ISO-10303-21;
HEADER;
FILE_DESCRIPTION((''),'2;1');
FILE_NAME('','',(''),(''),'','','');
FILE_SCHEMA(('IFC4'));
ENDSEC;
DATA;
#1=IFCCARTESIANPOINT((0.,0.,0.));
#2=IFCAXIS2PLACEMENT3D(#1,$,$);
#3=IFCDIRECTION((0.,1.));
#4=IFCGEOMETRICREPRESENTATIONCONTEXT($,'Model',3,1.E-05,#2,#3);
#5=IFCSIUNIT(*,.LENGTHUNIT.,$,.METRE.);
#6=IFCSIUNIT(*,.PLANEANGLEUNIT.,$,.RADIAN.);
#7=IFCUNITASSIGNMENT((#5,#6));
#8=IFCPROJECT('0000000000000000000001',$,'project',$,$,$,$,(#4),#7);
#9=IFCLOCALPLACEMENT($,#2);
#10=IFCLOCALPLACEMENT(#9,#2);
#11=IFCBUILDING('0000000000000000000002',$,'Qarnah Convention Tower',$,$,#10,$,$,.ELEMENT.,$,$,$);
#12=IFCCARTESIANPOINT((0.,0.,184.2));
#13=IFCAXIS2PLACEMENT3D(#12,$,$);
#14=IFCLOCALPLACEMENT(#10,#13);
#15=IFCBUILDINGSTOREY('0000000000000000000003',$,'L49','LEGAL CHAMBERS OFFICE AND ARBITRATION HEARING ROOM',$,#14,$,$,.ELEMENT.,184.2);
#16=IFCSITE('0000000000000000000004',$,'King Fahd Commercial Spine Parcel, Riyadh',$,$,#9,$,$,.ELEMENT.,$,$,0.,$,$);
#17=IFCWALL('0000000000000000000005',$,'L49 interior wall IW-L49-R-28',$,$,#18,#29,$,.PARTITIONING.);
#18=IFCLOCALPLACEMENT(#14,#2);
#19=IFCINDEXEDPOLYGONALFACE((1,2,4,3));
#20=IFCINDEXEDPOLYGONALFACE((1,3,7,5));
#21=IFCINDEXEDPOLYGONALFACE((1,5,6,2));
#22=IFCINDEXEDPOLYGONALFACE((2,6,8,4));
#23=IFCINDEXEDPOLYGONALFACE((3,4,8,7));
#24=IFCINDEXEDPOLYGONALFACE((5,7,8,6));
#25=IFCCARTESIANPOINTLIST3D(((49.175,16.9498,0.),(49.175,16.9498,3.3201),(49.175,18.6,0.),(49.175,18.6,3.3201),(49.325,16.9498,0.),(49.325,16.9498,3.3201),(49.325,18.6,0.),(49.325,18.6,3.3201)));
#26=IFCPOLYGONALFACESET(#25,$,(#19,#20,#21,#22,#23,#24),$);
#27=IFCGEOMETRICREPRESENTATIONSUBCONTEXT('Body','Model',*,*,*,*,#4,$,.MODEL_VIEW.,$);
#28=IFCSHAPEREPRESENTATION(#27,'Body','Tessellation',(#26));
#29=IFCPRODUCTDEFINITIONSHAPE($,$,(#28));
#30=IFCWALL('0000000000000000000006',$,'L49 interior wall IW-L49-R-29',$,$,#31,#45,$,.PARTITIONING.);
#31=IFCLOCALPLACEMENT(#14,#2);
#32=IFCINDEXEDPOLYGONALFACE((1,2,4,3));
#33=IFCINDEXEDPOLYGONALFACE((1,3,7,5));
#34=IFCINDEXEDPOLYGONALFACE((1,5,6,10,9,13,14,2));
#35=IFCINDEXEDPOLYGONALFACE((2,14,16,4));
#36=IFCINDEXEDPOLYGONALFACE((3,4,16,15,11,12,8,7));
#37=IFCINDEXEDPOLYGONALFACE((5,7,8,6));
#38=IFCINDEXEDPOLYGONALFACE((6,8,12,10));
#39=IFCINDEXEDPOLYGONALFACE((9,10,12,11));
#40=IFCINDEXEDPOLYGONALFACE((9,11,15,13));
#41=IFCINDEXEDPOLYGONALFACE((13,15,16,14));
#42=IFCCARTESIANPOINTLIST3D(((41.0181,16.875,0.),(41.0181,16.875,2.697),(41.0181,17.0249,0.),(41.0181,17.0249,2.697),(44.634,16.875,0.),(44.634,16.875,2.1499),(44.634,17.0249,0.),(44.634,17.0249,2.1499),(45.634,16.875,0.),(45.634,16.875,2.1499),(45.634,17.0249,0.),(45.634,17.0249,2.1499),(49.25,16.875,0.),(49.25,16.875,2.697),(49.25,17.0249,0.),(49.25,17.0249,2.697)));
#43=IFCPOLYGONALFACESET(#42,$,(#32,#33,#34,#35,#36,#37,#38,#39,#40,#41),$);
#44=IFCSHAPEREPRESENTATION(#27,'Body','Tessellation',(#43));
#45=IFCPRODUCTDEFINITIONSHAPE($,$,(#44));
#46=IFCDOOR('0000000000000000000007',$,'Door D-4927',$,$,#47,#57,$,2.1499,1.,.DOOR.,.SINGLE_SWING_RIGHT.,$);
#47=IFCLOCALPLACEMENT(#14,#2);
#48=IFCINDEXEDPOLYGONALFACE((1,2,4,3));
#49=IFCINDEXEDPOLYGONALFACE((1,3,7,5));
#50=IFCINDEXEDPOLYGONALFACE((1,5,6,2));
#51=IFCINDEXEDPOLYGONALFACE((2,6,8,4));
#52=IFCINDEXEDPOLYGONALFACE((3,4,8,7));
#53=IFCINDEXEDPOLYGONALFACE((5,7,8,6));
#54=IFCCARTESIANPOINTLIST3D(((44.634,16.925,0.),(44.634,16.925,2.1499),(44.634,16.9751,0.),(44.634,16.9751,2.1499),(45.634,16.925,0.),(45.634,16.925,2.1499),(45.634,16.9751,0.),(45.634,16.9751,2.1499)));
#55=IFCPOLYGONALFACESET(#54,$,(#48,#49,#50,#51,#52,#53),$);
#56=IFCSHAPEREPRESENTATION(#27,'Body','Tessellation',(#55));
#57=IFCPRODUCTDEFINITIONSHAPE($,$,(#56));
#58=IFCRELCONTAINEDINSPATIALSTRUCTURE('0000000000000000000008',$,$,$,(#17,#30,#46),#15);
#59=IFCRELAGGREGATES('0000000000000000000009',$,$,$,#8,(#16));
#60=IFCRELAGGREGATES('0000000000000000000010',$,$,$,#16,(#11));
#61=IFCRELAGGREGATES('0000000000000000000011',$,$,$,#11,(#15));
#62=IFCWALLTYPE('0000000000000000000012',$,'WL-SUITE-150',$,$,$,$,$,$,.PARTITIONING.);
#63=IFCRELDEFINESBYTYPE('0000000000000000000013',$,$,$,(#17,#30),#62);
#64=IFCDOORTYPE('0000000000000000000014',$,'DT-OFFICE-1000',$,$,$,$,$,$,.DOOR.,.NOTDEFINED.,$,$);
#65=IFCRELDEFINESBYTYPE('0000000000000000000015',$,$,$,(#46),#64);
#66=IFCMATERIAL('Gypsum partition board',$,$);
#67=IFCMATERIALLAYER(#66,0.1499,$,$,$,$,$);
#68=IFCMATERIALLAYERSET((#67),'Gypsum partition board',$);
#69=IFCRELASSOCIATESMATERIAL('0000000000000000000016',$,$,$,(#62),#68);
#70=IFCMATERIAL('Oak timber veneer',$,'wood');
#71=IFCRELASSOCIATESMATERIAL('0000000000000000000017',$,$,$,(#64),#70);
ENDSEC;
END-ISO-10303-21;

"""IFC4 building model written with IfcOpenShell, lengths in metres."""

from ifc_helpers import new_model, si_unit, direction, frame, frame_2d, origin, place, context, subcontext, project, spatial, rectangle, extrude, material, layer, layer_set, type_object, element, fill, save


model = new_model("IFC4")

# Units and contexts
model_context = context("Model", 3, precision=1e-05, world=origin(), true_north=direction((0.0, 1.0)))
body_context = subcontext(model_context, "Body", "Model", "MODEL_VIEW")
ifc_project = project(units=[si_unit("LENGTHUNIT", "METRE"), si_unit("PLANEANGLEUNIT", "RADIAN")], contexts=[model_context])

# Site, building, storey
site_placement = place(None, origin())
site = spatial("IfcSite", under=ifc_project, at=site_placement, Name="King Fahd Commercial Spine Parcel, Riyadh", CompositionType="ELEMENT", RefElevation=0.0)
building_placement = place(site_placement, origin())
building = spatial("IfcBuilding", under=site, at=building_placement, Name="Qarnah Convention Tower", CompositionType="ELEMENT")
storey_placement = place(building_placement, frame((0.0, 0.0, 184.2)))
storey = spatial("IfcBuildingStorey", under=building, at=storey_placement, Name="L49", Description="LEGAL CHAMBERS OFFICE AND ARBITRATION HEARING ROOM", CompositionType="ELEMENT", Elevation=184.2)

# Shared definitions
ifc_material_1 = material(Name="Gypsum partition board")
ifc_layer_1 = layer(ifc_material_1, 0.1499)
ifc_layer_set_1 = layer_set([ifc_layer_1], Name="Gypsum partition board")
wall_type_1 = type_object("IfcWallType", Name="WL-SUITE-150", PredefinedType="PARTITIONING", material=ifc_layer_set_1)

# Shared definitions
ifc_material_2 = material(Name="Oak timber veneer", Category="wood")
door_type_1 = type_object("IfcDoorType", Name="DT-OFFICE-1000", OperationType="NOTDEFINED", PredefinedType="DOOR", material=ifc_material_2)

# Wall
wall_1_placement = place(storey_placement, frame((49.25, 18.6001, 0.0), z_axis=(0.0, 0.0, 1.0), x_axis=(0.0, -1.0, 0.0)))
element("IfcWall", 1, at=wall_1_placement, inside=storey, type_object=wall_type_1, Name="L49 interior wall IW-L49-R-28", PredefinedType="PARTITIONING", context=body_context, shape_type="SweptSolid", body=[
    extrude(rectangle(XDim=1.6501, YDim=0.1499, at=frame_2d((0.8252, 0.0))), origin(), (0.0, 0.0, 1.0), 3.3201),
])

# Wall, opening, door
wall_2_placement = place(storey_placement, frame((49.25, 16.95, 0.0), z_axis=(0.0, 0.0, 1.0), x_axis=(-1.0, 0.0, 0.0)))
wall_2 = element("IfcWall", 2, at=wall_2_placement, inside=storey, type_object=wall_type_1, Name="L49 interior wall IW-L49-R-29", PredefinedType="PARTITIONING", context=body_context, shape_type="SweptSolid", body=[
    extrude(rectangle(XDim=8.2319, YDim=0.1499, at=frame_2d((4.116, 0.0))), origin(), (0.0, 0.0, 1.0), 2.697),
])
opening_1_placement = place(wall_2_placement, frame((3.616, 0.0, 0.0)))
opening_1 = element("IfcOpeningElement", 3, at=opening_1_placement, cuts=wall_2, PredefinedType="OPENING", context=body_context, shape_type="SweptSolid", body=[
    extrude(rectangle(XDim=1.0, YDim=2.1499, at=frame_2d((0.5, 1.075))), frame((0.0, 0.085, 0.0), z_axis=(0.0, -1.0, 0.0), x_axis=(1.0, 0.0, 0.0)), (0.0, 0.0, 1.0), 0.1699),
])
door_1_placement = place(opening_1_placement, origin())
door_1 = element("IfcDoor", 4, at=door_1_placement, inside=storey, type_object=door_type_1, Name="Door D-4927", OperationType="SINGLE_SWING_RIGHT", OverallHeight=2.1499, OverallWidth=1.0, PredefinedType="DOOR", context=body_context, shape_type="SweptSolid", body=[
    extrude(rectangle(XDim=1.0, YDim=2.1499, at=frame_2d((0.5, 1.075))), frame((0.0, 0.0249, 0.0), z_axis=(0.0, -1.0, 0.0), x_axis=(1.0, 0.0, 0.0)), (0.0, 0.0, 1.0), 0.05),
])
fill(opening_1, door_1)

save(model, "model.ifc")
